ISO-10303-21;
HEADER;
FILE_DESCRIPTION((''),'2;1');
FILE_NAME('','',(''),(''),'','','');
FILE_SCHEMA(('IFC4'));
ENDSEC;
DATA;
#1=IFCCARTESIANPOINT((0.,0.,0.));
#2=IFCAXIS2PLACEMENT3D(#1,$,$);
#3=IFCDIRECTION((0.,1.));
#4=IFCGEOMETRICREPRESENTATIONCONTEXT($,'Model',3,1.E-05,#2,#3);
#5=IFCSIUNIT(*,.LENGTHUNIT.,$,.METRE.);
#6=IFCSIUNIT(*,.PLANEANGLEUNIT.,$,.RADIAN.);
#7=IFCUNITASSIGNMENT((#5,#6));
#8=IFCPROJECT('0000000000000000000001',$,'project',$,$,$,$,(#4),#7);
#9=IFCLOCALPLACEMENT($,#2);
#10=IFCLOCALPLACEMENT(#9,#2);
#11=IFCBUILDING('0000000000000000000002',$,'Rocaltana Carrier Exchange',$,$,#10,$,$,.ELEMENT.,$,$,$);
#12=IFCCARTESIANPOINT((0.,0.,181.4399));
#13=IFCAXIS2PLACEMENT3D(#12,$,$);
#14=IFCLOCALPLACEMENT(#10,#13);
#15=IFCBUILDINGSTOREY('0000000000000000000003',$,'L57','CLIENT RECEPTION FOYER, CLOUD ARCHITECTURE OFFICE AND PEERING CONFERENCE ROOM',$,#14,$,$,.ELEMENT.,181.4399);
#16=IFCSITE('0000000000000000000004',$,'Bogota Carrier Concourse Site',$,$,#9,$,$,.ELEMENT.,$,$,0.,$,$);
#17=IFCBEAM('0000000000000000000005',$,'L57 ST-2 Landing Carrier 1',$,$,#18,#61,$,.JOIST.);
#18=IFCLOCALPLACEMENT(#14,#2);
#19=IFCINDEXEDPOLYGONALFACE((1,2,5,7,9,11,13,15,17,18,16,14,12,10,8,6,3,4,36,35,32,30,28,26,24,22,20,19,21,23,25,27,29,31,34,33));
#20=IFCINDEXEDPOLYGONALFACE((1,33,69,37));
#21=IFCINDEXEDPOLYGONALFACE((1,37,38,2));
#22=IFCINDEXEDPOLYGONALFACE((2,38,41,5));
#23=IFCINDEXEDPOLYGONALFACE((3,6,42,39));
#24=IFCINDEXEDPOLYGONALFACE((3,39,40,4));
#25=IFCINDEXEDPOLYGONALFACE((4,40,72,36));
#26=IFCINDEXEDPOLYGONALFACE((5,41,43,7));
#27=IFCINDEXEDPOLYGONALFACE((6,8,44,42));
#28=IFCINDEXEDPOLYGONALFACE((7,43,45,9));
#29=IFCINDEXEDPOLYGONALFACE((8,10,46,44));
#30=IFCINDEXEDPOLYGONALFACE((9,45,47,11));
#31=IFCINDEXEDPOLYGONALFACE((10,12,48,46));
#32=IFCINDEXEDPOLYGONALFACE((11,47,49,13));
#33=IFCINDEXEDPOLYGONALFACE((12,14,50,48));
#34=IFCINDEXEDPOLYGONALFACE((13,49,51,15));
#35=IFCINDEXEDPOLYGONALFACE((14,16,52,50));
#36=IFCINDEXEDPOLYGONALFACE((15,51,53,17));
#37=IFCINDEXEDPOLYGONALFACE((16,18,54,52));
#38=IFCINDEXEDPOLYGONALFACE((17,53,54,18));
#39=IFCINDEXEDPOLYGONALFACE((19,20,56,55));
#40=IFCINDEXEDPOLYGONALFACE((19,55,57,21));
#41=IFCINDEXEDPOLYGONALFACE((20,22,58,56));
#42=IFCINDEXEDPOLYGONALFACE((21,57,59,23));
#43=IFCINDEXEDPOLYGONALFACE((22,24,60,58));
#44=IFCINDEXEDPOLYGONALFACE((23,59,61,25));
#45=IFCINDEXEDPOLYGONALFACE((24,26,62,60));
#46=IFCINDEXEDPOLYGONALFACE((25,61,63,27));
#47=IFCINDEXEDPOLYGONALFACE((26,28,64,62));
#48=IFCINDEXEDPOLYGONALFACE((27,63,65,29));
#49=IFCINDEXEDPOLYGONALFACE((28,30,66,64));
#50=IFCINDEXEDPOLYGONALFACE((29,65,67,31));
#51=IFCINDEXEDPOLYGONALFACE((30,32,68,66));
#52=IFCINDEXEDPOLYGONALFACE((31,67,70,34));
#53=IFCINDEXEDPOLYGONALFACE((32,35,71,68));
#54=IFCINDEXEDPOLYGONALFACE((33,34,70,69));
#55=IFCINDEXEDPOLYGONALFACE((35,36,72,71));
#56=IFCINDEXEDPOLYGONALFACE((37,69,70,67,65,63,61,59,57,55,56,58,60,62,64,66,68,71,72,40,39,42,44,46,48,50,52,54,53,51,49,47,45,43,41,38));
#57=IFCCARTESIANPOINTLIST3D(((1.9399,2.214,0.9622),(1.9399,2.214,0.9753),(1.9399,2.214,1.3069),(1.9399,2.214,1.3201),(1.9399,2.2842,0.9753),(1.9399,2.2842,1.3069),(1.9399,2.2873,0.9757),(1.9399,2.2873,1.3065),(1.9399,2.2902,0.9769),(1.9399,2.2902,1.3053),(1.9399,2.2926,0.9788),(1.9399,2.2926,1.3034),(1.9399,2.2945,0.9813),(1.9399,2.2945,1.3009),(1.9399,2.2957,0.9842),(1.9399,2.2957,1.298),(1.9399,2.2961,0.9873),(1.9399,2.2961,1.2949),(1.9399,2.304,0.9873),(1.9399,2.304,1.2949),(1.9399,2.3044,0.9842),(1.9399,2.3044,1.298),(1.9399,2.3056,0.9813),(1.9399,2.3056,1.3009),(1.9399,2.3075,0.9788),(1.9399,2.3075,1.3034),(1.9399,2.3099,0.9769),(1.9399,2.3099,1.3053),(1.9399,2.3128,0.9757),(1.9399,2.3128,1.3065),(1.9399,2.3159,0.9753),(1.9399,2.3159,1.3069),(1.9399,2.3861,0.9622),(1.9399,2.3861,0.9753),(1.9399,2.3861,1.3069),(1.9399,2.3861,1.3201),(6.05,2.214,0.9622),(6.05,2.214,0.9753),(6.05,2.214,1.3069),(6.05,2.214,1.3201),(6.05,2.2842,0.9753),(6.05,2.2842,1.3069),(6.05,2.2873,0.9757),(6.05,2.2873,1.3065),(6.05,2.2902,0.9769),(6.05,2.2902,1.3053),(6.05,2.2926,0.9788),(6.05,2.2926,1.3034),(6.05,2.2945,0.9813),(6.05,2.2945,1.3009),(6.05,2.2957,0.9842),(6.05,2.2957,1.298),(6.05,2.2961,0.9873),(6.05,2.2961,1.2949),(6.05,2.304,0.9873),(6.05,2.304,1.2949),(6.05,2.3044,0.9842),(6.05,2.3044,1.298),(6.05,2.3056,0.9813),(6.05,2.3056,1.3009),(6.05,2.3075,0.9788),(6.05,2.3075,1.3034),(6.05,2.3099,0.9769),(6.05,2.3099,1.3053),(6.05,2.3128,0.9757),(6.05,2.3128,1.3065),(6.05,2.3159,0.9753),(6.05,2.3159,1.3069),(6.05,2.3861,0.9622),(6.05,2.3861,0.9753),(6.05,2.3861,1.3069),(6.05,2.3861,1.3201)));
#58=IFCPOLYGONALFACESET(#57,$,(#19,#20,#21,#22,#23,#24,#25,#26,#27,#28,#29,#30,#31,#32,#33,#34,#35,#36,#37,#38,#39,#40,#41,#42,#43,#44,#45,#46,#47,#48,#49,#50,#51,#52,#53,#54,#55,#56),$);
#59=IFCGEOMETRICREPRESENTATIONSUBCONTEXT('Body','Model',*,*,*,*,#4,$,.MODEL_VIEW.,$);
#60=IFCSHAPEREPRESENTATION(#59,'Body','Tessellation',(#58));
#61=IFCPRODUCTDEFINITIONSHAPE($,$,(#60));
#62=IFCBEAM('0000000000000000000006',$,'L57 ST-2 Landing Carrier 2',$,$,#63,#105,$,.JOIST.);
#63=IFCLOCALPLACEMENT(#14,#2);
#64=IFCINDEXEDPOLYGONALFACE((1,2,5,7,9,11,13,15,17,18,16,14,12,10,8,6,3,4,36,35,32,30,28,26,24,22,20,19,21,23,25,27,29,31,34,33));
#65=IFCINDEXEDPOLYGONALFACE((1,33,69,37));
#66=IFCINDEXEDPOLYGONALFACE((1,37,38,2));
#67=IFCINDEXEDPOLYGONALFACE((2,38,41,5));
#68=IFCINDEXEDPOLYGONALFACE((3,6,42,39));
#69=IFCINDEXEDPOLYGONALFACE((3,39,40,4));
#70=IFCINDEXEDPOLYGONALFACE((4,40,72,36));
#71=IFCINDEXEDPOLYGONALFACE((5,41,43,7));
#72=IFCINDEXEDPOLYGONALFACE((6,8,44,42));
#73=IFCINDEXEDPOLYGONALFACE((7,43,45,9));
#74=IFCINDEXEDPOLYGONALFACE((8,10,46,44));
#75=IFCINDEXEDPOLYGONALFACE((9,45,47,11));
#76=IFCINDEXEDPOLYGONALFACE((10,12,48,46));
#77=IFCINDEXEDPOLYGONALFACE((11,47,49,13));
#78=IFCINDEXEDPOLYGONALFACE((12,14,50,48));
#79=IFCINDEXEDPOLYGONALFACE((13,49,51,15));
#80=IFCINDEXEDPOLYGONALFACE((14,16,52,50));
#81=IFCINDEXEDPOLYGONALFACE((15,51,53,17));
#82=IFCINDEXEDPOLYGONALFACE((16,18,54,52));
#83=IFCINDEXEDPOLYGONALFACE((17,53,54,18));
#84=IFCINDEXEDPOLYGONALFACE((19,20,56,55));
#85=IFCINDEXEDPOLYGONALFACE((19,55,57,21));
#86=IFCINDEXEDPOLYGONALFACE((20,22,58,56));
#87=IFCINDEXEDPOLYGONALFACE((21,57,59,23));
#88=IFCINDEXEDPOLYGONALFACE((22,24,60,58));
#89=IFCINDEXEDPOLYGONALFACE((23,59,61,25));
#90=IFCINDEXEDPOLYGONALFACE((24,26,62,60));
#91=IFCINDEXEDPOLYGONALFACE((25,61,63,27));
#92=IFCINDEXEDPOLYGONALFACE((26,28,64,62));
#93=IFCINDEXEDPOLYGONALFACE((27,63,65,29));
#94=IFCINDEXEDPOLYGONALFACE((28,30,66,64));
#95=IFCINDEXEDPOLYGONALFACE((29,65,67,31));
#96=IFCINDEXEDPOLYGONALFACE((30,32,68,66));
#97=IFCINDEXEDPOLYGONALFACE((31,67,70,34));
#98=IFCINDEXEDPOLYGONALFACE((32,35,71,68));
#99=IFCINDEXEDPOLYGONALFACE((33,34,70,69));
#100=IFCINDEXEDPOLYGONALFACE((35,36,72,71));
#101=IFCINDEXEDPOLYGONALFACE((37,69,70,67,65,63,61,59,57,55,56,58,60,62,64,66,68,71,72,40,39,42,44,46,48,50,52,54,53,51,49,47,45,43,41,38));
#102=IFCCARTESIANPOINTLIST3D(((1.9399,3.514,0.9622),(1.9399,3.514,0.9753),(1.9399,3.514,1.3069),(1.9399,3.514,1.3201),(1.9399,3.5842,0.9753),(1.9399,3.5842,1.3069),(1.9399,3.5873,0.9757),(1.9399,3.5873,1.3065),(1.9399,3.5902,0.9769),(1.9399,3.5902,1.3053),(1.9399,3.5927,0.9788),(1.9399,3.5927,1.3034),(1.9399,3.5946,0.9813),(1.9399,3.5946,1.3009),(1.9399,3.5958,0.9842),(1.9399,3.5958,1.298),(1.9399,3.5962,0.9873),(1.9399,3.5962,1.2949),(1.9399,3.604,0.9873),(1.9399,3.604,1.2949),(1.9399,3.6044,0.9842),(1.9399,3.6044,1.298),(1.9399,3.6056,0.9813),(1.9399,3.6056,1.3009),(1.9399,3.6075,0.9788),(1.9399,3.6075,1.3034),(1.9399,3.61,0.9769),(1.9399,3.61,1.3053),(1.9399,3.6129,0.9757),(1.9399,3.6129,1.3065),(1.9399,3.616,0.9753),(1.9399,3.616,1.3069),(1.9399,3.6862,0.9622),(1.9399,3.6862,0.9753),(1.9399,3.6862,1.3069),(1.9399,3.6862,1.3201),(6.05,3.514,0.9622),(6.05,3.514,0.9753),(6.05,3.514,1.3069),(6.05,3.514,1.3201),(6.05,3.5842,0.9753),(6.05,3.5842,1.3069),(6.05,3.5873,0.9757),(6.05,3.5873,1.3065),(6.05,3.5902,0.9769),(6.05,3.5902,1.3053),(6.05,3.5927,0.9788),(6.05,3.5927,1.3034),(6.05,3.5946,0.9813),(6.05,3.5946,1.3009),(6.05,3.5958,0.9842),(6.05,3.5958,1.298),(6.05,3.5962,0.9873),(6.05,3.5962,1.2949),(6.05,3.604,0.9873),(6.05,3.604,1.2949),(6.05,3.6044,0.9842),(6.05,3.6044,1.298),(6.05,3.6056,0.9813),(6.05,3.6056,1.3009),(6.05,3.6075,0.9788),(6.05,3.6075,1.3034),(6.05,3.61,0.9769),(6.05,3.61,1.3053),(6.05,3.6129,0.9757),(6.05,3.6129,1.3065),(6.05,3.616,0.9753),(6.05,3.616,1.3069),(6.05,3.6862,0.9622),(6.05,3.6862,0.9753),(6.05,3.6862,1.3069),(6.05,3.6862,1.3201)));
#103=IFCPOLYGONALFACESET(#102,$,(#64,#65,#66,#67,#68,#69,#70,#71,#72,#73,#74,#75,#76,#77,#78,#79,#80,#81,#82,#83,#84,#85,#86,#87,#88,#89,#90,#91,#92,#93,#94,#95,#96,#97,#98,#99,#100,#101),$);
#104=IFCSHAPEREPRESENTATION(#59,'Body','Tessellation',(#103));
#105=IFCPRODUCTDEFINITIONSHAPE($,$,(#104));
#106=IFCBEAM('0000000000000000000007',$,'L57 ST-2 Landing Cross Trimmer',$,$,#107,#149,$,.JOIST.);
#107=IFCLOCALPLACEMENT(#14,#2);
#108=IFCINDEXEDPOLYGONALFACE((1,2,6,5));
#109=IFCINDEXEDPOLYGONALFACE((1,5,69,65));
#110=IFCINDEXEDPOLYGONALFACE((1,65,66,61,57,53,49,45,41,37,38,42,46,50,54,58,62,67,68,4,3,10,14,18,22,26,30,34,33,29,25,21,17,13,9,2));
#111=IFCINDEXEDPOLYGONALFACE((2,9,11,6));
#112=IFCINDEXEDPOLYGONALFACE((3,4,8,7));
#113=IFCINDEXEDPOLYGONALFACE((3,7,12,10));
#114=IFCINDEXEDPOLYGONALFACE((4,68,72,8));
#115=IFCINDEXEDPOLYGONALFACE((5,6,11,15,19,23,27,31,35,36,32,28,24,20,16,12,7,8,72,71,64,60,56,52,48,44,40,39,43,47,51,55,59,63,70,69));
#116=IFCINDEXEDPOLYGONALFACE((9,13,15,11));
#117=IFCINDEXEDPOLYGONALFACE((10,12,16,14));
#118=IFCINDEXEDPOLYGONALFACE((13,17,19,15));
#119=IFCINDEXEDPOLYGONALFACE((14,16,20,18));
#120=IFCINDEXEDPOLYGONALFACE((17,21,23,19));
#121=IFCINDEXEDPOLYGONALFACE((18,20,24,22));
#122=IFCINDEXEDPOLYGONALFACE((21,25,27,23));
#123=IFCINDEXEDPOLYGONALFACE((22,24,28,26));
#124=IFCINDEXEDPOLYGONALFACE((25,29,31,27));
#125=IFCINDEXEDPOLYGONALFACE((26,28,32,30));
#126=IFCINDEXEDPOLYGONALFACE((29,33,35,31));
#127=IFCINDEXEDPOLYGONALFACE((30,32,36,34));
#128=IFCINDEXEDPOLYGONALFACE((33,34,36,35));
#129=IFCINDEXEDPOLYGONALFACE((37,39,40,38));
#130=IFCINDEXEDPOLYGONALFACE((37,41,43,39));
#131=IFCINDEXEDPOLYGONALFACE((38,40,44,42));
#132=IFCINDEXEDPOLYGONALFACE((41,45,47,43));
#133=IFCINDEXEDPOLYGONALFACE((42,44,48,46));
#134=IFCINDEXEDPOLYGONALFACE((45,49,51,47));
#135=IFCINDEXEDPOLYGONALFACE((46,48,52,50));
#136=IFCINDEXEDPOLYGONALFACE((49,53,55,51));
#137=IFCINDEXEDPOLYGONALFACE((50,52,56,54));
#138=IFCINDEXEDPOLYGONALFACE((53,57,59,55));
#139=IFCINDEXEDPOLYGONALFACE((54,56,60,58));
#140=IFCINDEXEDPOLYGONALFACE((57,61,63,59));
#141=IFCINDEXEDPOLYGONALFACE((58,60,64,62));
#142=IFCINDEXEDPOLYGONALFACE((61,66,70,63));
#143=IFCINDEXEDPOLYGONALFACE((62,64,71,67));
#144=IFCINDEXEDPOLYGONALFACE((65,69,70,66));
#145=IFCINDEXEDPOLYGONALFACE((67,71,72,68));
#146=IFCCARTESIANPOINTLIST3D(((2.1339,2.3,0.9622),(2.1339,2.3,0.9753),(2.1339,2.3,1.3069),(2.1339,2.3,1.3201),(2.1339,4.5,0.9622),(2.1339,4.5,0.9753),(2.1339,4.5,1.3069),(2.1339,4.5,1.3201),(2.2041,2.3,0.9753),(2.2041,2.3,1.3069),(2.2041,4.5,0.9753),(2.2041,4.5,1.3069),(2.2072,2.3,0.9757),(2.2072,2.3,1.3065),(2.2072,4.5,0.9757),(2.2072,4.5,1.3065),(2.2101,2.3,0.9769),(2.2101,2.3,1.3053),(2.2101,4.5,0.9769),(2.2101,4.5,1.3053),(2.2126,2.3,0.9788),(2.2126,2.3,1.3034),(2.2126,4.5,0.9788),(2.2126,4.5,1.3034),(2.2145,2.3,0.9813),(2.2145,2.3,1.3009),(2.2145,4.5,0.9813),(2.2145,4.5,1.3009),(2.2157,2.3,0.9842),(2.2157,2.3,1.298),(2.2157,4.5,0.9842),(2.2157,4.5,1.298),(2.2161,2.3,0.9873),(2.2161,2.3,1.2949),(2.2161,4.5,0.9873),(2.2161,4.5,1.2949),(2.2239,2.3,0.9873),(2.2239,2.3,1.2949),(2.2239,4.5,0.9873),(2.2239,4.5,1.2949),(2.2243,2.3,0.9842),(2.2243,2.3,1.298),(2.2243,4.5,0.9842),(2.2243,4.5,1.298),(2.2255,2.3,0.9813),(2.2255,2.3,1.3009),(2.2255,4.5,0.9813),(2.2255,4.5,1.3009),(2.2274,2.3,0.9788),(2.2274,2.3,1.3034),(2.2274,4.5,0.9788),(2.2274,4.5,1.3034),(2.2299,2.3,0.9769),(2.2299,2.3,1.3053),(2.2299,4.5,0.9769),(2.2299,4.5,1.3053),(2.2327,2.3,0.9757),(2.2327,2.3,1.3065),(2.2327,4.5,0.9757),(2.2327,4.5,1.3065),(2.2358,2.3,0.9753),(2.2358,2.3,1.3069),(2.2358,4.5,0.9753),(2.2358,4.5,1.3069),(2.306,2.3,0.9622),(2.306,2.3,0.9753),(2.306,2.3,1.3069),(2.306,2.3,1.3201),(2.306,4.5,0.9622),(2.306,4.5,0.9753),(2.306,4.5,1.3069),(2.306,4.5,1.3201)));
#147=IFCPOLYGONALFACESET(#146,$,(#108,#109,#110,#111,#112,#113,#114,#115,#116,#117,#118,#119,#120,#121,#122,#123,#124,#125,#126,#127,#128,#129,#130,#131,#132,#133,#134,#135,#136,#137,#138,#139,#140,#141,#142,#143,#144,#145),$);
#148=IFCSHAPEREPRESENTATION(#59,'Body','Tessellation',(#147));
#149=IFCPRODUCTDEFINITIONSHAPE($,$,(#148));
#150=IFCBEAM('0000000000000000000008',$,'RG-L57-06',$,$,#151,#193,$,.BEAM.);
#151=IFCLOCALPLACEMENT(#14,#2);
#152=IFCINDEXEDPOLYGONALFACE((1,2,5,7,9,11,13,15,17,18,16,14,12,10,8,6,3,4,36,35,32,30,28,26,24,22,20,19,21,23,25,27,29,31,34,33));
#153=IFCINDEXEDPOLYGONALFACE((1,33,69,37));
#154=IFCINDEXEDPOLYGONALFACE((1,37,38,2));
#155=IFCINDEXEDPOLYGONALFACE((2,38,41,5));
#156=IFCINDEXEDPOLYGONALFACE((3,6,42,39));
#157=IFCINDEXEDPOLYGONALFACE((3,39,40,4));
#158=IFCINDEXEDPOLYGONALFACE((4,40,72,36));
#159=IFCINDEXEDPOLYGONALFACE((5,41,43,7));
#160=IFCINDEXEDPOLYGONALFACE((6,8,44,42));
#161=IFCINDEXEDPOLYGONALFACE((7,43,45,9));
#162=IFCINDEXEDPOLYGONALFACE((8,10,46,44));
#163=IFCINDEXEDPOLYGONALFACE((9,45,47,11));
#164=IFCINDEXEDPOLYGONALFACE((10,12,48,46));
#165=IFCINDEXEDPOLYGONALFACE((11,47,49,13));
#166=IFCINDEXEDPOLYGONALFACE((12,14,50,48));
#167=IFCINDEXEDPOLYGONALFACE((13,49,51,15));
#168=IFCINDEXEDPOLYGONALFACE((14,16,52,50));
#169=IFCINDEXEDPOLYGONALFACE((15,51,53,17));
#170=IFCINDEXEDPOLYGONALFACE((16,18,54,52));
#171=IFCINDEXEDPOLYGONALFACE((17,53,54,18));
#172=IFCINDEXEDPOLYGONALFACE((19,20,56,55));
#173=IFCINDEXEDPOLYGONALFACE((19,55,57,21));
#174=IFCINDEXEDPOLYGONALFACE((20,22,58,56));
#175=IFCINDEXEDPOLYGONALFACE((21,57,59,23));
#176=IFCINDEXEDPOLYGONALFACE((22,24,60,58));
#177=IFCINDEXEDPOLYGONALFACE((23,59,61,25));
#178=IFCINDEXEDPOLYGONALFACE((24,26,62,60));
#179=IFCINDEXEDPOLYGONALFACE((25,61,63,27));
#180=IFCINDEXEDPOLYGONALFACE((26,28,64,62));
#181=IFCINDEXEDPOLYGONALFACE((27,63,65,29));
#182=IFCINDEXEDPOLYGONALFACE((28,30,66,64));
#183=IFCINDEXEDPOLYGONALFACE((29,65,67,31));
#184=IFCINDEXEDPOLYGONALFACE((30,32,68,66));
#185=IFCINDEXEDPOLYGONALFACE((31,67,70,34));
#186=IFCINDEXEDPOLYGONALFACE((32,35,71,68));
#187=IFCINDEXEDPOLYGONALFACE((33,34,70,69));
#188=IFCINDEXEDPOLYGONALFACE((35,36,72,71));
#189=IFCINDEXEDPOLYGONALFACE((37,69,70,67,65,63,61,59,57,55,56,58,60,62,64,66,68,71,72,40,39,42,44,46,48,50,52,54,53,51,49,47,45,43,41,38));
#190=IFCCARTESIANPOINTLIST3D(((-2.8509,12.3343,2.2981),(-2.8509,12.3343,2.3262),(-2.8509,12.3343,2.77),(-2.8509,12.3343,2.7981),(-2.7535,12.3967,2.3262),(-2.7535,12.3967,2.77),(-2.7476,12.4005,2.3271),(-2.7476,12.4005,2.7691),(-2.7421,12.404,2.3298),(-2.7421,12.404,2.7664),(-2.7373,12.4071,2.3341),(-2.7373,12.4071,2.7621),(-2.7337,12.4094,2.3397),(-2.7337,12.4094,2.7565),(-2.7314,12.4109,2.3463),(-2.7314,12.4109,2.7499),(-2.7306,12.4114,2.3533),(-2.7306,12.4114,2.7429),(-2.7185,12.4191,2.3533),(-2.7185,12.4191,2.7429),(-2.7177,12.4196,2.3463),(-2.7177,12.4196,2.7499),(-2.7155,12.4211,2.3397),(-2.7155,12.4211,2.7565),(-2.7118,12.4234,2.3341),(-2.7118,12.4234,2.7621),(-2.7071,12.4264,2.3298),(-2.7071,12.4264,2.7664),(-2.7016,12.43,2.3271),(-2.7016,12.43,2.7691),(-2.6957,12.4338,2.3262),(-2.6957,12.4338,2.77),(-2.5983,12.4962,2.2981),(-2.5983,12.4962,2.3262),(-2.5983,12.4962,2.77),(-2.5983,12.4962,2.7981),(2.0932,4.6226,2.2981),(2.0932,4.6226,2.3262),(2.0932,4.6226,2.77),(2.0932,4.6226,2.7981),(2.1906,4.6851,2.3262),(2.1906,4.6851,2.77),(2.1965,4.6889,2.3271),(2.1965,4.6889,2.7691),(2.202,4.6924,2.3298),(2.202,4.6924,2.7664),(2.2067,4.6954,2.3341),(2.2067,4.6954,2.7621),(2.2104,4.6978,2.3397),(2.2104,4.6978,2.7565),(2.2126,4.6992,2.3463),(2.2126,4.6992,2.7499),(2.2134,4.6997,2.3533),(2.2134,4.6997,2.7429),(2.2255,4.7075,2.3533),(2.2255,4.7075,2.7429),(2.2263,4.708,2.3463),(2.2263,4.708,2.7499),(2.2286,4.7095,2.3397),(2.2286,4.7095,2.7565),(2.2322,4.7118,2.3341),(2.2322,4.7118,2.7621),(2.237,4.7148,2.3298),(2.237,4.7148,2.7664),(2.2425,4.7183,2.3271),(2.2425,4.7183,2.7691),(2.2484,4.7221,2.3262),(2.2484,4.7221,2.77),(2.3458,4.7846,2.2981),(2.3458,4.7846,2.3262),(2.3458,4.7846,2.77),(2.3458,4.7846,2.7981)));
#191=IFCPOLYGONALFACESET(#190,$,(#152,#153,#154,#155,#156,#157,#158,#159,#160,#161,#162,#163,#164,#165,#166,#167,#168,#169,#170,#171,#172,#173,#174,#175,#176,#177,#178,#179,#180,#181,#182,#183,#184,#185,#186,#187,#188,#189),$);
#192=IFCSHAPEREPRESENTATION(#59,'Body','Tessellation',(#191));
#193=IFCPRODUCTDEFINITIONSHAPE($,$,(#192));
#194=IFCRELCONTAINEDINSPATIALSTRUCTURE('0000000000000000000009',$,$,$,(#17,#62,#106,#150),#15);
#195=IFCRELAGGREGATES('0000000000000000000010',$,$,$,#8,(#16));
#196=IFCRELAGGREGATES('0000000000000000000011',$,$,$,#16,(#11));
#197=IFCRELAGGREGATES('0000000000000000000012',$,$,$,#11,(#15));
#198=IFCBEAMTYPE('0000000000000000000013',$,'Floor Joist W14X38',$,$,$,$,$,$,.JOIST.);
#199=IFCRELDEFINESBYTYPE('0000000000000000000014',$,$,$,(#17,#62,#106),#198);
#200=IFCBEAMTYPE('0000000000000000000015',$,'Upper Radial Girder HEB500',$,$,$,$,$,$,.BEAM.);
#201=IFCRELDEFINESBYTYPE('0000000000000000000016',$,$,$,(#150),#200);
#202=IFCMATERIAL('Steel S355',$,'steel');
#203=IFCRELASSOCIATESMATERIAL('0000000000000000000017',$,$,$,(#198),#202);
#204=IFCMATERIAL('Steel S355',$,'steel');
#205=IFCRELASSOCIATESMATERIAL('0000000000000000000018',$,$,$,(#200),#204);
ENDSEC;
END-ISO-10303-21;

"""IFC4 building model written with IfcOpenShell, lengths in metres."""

from ifc_helpers import new_model, si_unit, direction, frame, origin, origin_2d, place, context, subcontext, project, spatial, i_section, extrude, material, material_profile, profile_set, type_object, element, save


model = new_model("IFC4")

# Units and contexts
model_context = context("Model", 3, precision=1e-05, world=origin(), true_north=direction((0.0, 1.0)))
body_context = subcontext(model_context, "Body", "Model", "MODEL_VIEW")
ifc_project = project(units=[si_unit("LENGTHUNIT", "METRE"), si_unit("PLANEANGLEUNIT", "RADIAN")], contexts=[model_context])

# Site, building, storey
site_placement = place(None, origin())
site = spatial("IfcSite", under=ifc_project, at=site_placement, Name="Bogota Carrier Concourse Site", CompositionType="ELEMENT", RefElevation=0.0)
building_placement = place(site_placement, origin())
building = spatial("IfcBuilding", under=site, at=building_placement, Name="Rocaltana Carrier Exchange", CompositionType="ELEMENT")
storey_placement = place(building_placement, frame((0.0, 0.0, 181.4399)))
storey = spatial("IfcBuildingStorey", under=building, at=storey_placement, Name="L57", Description="CLIENT RECEPTION FOYER, CLOUD ARCHITECTURE OFFICE AND PEERING CONFERENCE ROOM", CompositionType="ELEMENT", Elevation=181.4399)

# Beams
ifc_material_1 = material(Name="Steel S355", Category="steel")
ifc_material_profile_1 = material_profile(ifc_material_1, i_section(OverallWidth=0.1721, OverallDepth=0.3579, WebThickness=0.0078, FlangeThickness=0.0132, FilletRadius=0.012, at=origin_2d()), Name="W14X38")
ifc_profile_set_1 = profile_set([ifc_material_profile_1], Name="Steel S355")
beam_type_1 = type_object("IfcBeamType", Name="Floor Joist W14X38", PredefinedType="JOIST", material=ifc_profile_set_1)
for number, where, z_axis, x_axis, name in (
    (1, (1.9399, 2.3, 1.1411), (1.0, 0.0, 0.0), (0.0, 1.0, 0.0), "L57 ST-2 Landing Carrier 1"),
    (2, (1.9399, 3.6001, 1.1411), (1.0, 0.0, 0.0), (0.0, 1.0, 0.0), "L57 ST-2 Landing Carrier 2"),
):
    element("IfcBeam", number, at=place(storey_placement, frame(where, z_axis=z_axis, x_axis=x_axis)), inside=storey, type_object=beam_type_1, Name=name, PredefinedType="JOIST", context=body_context, shape_type="SweptSolid", body=[
        extrude(i_section(OverallWidth=0.1721, OverallDepth=0.3579, WebThickness=0.0078, FlangeThickness=0.0132, FilletRadius=0.012, at=origin_2d()), origin(), (0.0, 0.0, 1.0), 4.1101),
    ])
beam_1_placement = place(storey_placement, frame((2.22, 2.3, 1.1411), z_axis=(0.0, 1.0, 0.0), x_axis=(-1.0, 0.0, 0.0)))
element("IfcBeam", 3, at=beam_1_placement, inside=storey, type_object=beam_type_1, Name="L57 ST-2 Landing Cross Trimmer", PredefinedType="JOIST", context=body_context, shape_type="SweptSolid", body=[
    extrude(i_section(OverallWidth=0.1721, OverallDepth=0.3579, WebThickness=0.0078, FlangeThickness=0.0132, FilletRadius=0.012, at=origin_2d()), origin(), (0.0, 0.0, 1.0), 2.2),
])
ifc_material_2 = material(Name="Steel S355", Category="steel")
ifc_material_profile_2 = material_profile(ifc_material_2, i_section(OverallWidth=0.3, OverallDepth=0.5, WebThickness=0.0144, FlangeThickness=0.0281, FilletRadius=0.0271, at=origin_2d()), Name="HEB500")
ifc_profile_set_2 = profile_set([ifc_material_profile_2], Name="Steel S355")
beam_type_2 = type_object("IfcBeamType", Name="Upper Radial Girder HEB500", PredefinedType="BEAM", material=ifc_profile_set_2)
beam_2_placement = place(storey_placement, frame((2.2195, 4.7036, 2.5481), z_axis=(-0.539721, 0.841844, 0.0), x_axis=(-0.841844, -0.539721, 0.0)))
element("IfcBeam", 4, at=beam_2_placement, inside=storey, type_object=beam_type_2, Name="RG-L57-06", PredefinedType="BEAM", context=body_context, shape_type="SweptSolid", body=[
    extrude(i_section(OverallWidth=0.3, OverallDepth=0.5, WebThickness=0.0144, FlangeThickness=0.0281, FilletRadius=0.0271, at=origin_2d()), origin(), (0.0, 0.0, 1.0), 9.1604),
])

save(model, "model.ifc")
